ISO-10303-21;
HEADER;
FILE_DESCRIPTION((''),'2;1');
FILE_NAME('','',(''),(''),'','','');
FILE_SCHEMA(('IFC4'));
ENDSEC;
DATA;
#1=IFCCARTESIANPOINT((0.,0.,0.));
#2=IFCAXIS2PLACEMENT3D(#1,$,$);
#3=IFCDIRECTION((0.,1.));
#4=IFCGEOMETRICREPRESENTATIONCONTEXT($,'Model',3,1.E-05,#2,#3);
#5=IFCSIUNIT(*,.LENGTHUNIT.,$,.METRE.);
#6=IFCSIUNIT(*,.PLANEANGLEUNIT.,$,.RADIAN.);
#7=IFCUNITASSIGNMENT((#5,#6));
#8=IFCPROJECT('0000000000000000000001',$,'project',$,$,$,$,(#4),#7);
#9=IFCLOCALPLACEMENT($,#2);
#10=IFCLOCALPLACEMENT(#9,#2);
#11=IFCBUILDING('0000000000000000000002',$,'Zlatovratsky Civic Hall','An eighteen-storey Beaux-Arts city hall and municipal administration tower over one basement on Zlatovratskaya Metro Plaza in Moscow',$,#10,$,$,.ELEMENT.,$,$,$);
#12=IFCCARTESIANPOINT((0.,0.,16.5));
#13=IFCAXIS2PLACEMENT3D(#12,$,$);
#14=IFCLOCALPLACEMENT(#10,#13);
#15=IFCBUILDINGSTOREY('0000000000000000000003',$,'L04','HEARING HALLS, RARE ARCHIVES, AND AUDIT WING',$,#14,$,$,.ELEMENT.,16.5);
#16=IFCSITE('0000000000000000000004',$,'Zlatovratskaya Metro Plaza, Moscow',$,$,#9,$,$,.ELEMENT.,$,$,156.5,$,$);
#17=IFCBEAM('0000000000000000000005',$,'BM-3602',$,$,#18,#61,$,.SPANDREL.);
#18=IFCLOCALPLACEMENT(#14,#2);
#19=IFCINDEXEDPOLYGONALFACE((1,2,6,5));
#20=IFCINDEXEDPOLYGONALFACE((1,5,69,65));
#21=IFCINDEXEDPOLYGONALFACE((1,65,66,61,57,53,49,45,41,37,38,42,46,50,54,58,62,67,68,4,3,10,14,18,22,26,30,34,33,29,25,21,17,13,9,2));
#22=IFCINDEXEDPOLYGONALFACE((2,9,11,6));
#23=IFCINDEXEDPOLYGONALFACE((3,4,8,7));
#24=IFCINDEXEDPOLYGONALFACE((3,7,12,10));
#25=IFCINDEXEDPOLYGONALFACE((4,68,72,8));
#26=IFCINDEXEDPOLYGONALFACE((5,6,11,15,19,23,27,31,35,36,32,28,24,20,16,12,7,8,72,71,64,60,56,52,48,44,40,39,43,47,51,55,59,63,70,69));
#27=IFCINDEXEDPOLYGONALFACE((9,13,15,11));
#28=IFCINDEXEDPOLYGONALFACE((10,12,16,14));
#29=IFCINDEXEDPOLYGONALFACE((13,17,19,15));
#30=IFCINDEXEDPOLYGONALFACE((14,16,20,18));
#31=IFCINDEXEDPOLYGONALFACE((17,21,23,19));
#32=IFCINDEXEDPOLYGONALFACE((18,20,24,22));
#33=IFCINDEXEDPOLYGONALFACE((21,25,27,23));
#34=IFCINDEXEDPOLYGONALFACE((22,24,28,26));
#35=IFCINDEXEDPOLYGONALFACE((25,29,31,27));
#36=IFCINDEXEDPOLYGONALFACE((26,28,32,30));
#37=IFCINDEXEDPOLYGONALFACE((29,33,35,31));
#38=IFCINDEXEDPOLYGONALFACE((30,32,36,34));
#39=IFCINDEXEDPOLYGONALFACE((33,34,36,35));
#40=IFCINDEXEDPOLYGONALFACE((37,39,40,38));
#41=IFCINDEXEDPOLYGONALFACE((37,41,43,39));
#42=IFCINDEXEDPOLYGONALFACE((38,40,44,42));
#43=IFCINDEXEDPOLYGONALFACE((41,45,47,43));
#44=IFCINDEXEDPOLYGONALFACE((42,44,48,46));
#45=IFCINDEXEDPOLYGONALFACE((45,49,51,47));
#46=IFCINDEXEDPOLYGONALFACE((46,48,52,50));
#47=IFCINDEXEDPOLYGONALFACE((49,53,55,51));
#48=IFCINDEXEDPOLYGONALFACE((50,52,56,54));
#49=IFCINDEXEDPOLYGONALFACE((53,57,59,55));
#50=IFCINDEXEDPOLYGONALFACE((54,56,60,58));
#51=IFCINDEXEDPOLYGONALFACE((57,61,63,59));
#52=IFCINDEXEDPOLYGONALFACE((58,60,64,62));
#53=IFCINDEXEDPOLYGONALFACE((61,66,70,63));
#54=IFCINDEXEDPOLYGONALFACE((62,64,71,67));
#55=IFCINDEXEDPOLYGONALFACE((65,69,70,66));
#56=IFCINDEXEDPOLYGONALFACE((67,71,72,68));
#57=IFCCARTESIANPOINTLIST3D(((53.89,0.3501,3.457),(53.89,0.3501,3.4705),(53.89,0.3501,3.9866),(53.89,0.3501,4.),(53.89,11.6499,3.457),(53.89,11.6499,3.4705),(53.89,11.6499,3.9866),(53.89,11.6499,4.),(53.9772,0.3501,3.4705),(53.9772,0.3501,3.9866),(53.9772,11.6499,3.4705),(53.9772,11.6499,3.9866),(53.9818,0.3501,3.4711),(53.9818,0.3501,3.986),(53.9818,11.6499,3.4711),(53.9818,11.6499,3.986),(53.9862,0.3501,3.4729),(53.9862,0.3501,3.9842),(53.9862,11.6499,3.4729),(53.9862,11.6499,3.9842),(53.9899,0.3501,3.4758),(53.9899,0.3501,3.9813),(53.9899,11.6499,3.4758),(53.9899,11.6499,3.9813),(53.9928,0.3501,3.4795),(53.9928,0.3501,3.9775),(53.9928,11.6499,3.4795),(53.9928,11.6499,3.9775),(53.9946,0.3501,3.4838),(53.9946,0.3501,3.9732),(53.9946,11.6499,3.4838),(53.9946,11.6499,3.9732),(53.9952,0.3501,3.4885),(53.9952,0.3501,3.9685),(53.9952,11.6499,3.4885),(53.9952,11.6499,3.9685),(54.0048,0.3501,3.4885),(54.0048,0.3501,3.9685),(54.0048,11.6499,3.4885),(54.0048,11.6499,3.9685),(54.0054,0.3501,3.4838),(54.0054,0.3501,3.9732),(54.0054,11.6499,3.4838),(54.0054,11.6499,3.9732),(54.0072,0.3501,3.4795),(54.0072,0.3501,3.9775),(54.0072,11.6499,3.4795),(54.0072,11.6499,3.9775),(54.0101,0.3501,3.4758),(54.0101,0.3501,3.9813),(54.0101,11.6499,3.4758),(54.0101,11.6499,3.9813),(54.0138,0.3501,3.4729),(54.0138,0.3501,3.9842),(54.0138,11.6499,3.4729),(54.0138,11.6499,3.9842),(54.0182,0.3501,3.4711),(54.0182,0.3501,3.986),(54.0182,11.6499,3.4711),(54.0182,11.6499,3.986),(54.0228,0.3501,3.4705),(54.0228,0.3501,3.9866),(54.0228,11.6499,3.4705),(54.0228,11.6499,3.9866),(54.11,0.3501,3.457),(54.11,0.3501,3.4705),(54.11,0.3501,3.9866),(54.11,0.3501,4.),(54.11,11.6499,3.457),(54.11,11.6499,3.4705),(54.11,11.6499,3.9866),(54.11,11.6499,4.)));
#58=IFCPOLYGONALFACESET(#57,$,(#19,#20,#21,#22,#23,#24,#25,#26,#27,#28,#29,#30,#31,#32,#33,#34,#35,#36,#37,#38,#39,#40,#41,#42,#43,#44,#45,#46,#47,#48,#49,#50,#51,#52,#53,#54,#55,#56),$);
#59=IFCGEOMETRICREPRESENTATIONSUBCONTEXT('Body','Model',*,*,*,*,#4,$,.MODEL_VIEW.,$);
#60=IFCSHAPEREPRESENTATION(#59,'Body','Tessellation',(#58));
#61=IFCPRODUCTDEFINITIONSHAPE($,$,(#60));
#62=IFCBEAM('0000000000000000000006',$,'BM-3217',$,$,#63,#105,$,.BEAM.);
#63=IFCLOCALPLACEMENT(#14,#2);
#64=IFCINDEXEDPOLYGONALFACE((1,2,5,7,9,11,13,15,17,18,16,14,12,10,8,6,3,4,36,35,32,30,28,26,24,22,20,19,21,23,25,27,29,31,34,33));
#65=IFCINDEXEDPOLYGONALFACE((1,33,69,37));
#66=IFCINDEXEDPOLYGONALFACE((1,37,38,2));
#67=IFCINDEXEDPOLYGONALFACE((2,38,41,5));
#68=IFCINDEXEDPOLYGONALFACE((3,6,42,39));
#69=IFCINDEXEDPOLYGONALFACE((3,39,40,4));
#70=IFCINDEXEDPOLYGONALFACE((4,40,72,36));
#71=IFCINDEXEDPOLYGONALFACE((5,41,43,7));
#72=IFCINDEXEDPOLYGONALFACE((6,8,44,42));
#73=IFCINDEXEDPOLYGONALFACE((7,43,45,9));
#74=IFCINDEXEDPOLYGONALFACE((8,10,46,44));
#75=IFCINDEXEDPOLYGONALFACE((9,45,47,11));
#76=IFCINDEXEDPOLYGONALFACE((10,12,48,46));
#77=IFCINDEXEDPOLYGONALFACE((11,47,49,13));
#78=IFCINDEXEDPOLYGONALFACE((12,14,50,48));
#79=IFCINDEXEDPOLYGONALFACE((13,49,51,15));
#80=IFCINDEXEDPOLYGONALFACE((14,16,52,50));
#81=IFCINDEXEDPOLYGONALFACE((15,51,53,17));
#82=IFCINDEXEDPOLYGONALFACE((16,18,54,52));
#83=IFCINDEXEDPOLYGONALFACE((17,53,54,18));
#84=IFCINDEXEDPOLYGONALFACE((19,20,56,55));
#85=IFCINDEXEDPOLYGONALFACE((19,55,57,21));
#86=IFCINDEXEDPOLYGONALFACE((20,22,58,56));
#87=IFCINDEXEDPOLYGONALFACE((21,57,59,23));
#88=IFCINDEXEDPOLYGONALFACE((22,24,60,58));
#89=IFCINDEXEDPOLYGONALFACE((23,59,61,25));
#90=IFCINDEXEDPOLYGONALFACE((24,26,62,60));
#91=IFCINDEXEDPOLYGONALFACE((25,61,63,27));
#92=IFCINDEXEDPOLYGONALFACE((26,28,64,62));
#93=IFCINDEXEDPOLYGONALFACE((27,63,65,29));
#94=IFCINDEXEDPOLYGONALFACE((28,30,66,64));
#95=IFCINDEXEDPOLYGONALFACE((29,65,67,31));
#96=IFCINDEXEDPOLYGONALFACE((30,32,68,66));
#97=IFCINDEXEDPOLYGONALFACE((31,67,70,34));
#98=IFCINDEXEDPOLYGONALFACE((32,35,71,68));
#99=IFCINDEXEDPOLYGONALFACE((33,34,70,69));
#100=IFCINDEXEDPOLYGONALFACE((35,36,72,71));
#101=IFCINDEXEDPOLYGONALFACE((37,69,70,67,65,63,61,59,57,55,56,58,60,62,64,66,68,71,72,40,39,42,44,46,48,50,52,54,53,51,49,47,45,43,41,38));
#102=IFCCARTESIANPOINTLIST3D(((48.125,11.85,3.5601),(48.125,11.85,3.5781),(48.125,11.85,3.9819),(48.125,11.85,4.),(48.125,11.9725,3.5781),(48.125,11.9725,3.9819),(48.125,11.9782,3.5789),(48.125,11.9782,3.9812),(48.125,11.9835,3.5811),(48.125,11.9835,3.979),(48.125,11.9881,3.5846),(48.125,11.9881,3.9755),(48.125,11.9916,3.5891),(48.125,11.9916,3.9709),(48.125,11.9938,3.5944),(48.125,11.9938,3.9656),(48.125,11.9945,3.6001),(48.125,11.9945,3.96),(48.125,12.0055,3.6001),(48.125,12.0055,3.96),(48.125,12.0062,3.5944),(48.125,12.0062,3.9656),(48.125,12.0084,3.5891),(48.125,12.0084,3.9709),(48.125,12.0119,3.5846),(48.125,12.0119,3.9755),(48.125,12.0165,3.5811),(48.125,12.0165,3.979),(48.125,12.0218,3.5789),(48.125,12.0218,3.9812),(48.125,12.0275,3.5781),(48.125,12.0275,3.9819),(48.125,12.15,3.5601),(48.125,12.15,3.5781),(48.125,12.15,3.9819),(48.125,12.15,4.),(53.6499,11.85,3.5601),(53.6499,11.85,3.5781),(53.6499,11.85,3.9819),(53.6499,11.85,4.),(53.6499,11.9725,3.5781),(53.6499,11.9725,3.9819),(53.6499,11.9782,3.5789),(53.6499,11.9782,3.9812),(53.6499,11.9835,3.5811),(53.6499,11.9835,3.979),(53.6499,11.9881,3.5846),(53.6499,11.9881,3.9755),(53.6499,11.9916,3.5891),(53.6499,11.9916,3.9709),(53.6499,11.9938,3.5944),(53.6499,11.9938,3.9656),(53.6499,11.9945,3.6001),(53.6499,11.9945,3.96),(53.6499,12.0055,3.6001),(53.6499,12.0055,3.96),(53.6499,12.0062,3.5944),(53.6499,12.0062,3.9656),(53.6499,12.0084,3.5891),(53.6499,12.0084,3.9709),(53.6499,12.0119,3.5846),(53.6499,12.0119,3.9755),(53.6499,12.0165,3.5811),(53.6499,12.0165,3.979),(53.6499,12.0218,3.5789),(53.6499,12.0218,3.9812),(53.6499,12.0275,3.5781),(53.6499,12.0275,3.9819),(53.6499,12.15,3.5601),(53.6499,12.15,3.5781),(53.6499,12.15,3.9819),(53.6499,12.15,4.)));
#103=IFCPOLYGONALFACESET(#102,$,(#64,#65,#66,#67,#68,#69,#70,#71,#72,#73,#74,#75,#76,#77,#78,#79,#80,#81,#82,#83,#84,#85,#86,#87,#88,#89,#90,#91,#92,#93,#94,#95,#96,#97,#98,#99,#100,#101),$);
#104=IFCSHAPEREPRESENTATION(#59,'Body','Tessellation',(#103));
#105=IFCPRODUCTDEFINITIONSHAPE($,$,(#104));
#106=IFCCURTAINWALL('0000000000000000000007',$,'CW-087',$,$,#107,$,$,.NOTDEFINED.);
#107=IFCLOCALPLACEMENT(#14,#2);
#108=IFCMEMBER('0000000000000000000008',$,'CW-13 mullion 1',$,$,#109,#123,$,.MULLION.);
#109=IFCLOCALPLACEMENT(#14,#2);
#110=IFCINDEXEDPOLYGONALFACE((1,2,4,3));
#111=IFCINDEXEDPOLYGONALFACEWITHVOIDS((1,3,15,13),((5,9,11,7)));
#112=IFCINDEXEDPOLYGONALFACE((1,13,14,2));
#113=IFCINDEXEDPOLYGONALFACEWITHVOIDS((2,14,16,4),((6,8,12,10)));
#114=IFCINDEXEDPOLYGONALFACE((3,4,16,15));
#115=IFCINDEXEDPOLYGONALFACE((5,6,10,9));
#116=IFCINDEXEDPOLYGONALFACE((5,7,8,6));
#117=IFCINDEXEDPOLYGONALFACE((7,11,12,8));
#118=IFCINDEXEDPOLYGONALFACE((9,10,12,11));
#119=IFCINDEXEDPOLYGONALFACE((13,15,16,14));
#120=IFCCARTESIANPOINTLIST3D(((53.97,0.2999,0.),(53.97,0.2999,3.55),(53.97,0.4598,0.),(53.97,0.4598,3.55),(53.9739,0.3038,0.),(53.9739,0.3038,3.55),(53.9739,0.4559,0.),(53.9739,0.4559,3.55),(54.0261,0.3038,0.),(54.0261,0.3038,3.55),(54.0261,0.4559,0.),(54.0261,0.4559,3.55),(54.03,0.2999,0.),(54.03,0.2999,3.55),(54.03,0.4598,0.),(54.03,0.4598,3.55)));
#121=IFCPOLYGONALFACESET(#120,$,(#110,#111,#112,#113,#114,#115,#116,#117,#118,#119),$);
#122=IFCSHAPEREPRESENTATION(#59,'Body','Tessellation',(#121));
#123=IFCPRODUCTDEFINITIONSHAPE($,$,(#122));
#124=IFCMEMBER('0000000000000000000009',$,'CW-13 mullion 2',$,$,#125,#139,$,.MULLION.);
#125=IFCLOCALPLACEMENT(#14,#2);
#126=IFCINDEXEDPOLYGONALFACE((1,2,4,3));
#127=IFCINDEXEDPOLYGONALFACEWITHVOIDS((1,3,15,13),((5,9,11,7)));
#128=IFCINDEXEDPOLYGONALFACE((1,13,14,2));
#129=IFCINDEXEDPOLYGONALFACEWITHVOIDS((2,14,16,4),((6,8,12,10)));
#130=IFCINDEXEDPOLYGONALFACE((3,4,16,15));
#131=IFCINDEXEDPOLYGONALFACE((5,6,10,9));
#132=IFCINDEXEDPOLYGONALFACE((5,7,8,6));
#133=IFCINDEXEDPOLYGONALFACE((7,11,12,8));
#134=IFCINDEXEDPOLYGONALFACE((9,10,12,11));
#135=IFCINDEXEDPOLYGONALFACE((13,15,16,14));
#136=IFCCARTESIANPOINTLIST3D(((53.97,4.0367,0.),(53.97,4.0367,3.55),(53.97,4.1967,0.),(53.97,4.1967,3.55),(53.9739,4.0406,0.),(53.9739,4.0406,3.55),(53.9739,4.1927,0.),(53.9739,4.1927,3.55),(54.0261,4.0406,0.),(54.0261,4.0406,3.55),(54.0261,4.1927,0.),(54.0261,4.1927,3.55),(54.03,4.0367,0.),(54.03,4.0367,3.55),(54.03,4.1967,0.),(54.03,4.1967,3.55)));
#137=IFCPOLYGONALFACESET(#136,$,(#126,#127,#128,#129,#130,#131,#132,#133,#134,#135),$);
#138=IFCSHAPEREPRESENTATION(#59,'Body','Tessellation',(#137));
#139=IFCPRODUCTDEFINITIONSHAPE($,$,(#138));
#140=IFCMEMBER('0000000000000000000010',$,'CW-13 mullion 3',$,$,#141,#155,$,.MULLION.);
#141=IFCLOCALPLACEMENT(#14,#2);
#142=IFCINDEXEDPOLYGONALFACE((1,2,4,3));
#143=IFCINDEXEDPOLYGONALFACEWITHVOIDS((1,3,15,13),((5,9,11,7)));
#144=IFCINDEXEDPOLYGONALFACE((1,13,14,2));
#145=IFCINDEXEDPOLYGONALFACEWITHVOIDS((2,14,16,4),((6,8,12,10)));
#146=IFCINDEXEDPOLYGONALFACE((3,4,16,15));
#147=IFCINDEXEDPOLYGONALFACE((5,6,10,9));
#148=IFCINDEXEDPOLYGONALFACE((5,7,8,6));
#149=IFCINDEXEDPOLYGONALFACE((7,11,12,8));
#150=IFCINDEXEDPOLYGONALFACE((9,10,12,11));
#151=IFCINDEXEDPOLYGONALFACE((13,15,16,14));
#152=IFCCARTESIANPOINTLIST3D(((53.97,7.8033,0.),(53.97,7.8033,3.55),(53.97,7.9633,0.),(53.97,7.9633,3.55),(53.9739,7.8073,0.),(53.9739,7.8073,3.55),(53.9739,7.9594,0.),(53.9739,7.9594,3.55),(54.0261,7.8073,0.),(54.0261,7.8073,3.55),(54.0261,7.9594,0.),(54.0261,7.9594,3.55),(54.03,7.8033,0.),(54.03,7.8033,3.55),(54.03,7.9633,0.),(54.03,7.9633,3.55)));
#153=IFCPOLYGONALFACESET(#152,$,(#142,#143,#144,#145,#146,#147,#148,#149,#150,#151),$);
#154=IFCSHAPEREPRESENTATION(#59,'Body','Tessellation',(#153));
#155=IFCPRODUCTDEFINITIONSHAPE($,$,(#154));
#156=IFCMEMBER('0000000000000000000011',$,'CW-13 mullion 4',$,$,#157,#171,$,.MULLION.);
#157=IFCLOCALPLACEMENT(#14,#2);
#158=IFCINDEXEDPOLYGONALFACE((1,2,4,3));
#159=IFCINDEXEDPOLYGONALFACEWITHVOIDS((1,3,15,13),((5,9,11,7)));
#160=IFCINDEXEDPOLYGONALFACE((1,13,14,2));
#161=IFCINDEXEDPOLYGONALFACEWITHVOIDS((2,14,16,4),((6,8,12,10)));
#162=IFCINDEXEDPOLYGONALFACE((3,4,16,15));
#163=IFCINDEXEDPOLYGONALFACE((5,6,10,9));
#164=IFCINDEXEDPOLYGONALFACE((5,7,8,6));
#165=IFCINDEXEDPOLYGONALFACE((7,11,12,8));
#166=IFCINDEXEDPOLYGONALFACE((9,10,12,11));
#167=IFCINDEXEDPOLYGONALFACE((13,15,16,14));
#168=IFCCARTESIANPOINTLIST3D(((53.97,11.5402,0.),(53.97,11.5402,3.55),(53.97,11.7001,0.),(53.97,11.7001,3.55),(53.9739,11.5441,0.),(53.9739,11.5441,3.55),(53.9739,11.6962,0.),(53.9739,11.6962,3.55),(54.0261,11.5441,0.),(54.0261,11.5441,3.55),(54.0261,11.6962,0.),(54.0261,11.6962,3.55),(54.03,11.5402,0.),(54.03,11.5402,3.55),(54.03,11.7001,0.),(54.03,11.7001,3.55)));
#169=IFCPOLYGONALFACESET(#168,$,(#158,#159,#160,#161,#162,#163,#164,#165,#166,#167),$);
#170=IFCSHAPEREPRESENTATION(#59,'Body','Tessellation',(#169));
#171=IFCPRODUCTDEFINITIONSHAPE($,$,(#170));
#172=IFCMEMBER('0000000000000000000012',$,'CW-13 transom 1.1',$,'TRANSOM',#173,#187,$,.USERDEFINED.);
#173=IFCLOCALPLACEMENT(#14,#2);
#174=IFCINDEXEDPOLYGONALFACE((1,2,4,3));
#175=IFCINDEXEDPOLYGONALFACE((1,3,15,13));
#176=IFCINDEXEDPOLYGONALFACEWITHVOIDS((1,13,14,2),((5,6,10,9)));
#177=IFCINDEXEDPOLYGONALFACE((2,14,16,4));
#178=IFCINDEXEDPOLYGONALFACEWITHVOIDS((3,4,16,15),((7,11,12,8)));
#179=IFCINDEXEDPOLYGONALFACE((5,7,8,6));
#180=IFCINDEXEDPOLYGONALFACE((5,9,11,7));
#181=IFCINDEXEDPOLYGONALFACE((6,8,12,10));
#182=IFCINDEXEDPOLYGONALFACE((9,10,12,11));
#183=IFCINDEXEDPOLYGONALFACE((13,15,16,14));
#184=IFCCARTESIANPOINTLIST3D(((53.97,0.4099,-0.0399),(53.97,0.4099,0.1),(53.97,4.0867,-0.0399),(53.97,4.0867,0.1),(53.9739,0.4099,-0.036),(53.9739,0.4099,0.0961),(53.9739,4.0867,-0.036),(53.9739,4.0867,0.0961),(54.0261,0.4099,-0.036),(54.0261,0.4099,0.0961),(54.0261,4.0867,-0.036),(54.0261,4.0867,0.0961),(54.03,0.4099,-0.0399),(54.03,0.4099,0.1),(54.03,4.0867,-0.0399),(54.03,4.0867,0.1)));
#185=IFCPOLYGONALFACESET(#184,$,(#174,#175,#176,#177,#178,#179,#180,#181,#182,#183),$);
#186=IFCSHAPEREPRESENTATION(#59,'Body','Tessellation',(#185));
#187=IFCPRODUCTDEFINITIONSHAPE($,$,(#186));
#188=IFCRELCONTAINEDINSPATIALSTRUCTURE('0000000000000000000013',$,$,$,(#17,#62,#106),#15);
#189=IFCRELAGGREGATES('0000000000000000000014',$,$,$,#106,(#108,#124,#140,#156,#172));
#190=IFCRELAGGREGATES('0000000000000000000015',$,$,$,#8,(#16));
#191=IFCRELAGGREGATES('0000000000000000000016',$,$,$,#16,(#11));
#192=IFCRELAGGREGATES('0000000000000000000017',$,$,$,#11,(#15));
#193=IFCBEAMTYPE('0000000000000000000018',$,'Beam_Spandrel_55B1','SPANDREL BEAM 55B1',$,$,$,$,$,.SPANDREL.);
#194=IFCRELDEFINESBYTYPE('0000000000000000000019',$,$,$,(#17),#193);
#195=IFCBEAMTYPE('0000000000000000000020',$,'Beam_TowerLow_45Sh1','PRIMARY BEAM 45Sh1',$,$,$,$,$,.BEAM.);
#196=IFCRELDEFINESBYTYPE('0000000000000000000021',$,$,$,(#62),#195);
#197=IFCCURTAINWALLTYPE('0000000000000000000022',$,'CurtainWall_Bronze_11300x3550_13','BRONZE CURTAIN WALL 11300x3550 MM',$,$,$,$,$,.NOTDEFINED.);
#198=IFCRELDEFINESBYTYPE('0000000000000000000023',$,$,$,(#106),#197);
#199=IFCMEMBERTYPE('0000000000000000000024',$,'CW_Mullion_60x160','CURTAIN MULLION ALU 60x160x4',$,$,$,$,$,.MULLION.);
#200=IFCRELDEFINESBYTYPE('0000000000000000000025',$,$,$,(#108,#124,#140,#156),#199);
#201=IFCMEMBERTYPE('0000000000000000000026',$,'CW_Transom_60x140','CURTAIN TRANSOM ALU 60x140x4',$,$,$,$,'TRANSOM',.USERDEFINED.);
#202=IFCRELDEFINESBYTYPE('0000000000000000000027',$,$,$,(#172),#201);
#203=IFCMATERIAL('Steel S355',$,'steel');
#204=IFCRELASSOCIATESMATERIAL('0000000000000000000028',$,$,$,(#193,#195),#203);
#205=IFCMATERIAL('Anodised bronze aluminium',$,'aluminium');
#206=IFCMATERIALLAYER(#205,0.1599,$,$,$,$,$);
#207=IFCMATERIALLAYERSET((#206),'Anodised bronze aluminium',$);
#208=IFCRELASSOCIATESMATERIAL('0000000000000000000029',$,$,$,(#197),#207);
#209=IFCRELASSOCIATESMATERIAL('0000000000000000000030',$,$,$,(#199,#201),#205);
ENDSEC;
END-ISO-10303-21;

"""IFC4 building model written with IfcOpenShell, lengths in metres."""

from ifc_helpers import new_model, si_unit, direction, frame, origin, origin_2d, place, context, subcontext, project, spatial, hollow_rectangle, i_section, extrude, material, layer, layer_set, material_profile, profile_set, type_object, element, aggregate, save


model = new_model("IFC4")

# Units and contexts
model_context = context("Model", 3, precision=1e-05, world=origin(), true_north=direction((0.0, 1.0)))
body_context = subcontext(model_context, "Body", "Model", "MODEL_VIEW")
ifc_project = project(units=[si_unit("LENGTHUNIT", "METRE"), si_unit("PLANEANGLEUNIT", "RADIAN")], contexts=[model_context])

# Site, building, storey
site_placement = place(None, origin())
site = spatial("IfcSite", under=ifc_project, at=site_placement, Name="Zlatovratskaya Metro Plaza, Moscow", CompositionType="ELEMENT", RefElevation=156.5)
building_placement = place(site_placement, origin())
building = spatial("IfcBuilding", under=site, at=building_placement, Name="Zlatovratsky Civic Hall", Description="An eighteen-storey Beaux-Arts city hall and municipal administration tower over one basement on Zlatovratskaya Metro Plaza in Moscow", CompositionType="ELEMENT")
storey_placement = place(building_placement, frame((0.0, 0.0, 16.5)))
storey = spatial("IfcBuildingStorey", under=building, at=storey_placement, Name="L04", Description="HEARING HALLS, RARE ARCHIVES, AND AUDIT WING", CompositionType="ELEMENT", Elevation=16.5)

# Shared definitions
ifc_material_1 = material(Name="Steel S355", Category="steel")

# Beams
ifc_material_profile_1 = material_profile(ifc_material_1, i_section(OverallWidth=0.22, OverallDepth=0.543, WebThickness=0.0095, FlangeThickness=0.0134, FilletRadius=0.0181, at=origin_2d()), Name="55B1")
ifc_profile_set_1 = profile_set([ifc_material_profile_1], Name="Steel S355")
beam_type_1 = type_object("IfcBeamType", Name="Beam_Spandrel_55B1", Description="SPANDREL BEAM 55B1", PredefinedType="SPANDREL", material=ifc_profile_set_1)
beam_1_placement = place(storey_placement, frame((54.0, 0.3501, 3.7285), z_axis=(0.0, 1.0, 0.0), x_axis=(-1.0, 0.0, 0.0)))
element("IfcBeam", 1, at=beam_1_placement, inside=storey, type_object=beam_type_1, Name="BM-3602", PredefinedType="SPANDREL", context=body_context, shape_type="SweptSolid", body=[
    extrude(i_section(OverallWidth=0.22, OverallDepth=0.543, WebThickness=0.0095, FlangeThickness=0.0134, FilletRadius=0.0181, at=origin_2d()), origin(), (0.0, 0.0, 1.0), 11.2998),
])
ifc_material_profile_2 = material_profile(ifc_material_1, i_section(OverallWidth=0.3, OverallDepth=0.4399, WebThickness=0.011, FlangeThickness=0.0181, FilletRadius=0.022, at=origin_2d()), Name="45Sh1")
ifc_profile_set_2 = profile_set([ifc_material_profile_2], Name="Steel S355")
beam_type_2 = type_object("IfcBeamType", Name="Beam_TowerLow_45Sh1", Description="PRIMARY BEAM 45Sh1", PredefinedType="BEAM", material=ifc_profile_set_2)
beam_2_placement = place(storey_placement, frame((48.125, 12.0, 3.78), z_axis=(1.0, 0.0, 0.0), x_axis=(0.0, 1.0, 0.0)))
element("IfcBeam", 2, at=beam_2_placement, inside=storey, type_object=beam_type_2, Name="BM-3217", PredefinedType="BEAM", context=body_context, shape_type="SweptSolid", body=[
    extrude(i_section(OverallWidth=0.3, OverallDepth=0.4399, WebThickness=0.011, FlangeThickness=0.0181, FilletRadius=0.022, at=origin_2d()), origin(), (0.0, 0.0, 1.0), 5.5249),
])

# Curtain wall, members
ifc_material_2 = material(Name="Anodised bronze aluminium", Category="aluminium")
ifc_layer_1 = layer(ifc_material_2, 0.1599)
ifc_layer_set_1 = layer_set([ifc_layer_1], Name="Anodised bronze aluminium")
curtain_wall_type = type_object("IfcCurtainWallType", Name="CurtainWall_Bronze_11300x3550_13", Description="BRONZE CURTAIN WALL 11300x3550 MM", PredefinedType="NOTDEFINED", material=ifc_layer_set_1)
curtain_wall_placement = place(storey_placement, origin())
curtain_wall = element("IfcCurtainWall", 3, at=curtain_wall_placement, inside=storey, type_object=curtain_wall_type, Name="CW-087", PredefinedType="NOTDEFINED")
ifc_material_profile_3 = material_profile(ifc_material_2, hollow_rectangle(XDim=0.0601, YDim=0.1599, WallThickness=0.0039, at=origin_2d()), Name="ALU 60x160x4")
ifc_profile_set_3 = profile_set([ifc_material_profile_3], Name="Anodised bronze aluminium")
member_type_1 = type_object("IfcMemberType", Name="CW_Mullion_60x160", Description="CURTAIN MULLION ALU 60x160x4", PredefinedType="MULLION", material=ifc_profile_set_3)
member_1_placement = place(storey_placement, frame((54.0, 0.3799, 0.0), z_axis=(0.0, 0.0, 1.0), x_axis=(-1.0, 0.0, 0.0)))
member_1 = element("IfcMember", 4, at=member_1_placement, type_object=member_type_1, Name="CW-13 mullion 1", PredefinedType="MULLION", context=body_context, shape_type="SweptSolid", body=[
    extrude(hollow_rectangle(XDim=0.0601, YDim=0.1599, WallThickness=0.0039, at=origin_2d()), origin(), (0.0, 0.0, 1.0), 3.55),
])
member_2_placement = place(storey_placement, frame((54.0, 4.1167, 0.0), z_axis=(0.0, 0.0, 1.0), x_axis=(-1.0, 0.0, 0.0)))
member_2 = element("IfcMember", 5, at=member_2_placement, type_object=member_type_1, Name="CW-13 mullion 2", PredefinedType="MULLION", context=body_context, shape_type="SweptSolid", body=[
    extrude(hollow_rectangle(XDim=0.0601, YDim=0.1599, WallThickness=0.0039, at=origin_2d()), origin(), (0.0, 0.0, 1.0), 3.55),
])
member_3_placement = place(storey_placement, frame((54.0, 7.8833, 0.0), z_axis=(0.0, 0.0, 1.0), x_axis=(-1.0, 0.0, 0.0)))
member_3 = element("IfcMember", 6, at=member_3_placement, type_object=member_type_1, Name="CW-13 mullion 3", PredefinedType="MULLION", context=body_context, shape_type="SweptSolid", body=[
    extrude(hollow_rectangle(XDim=0.0601, YDim=0.1599, WallThickness=0.0039, at=origin_2d()), origin(), (0.0, 0.0, 1.0), 3.55),
])
member_4_placement = place(storey_placement, frame((54.0, 11.6201, 0.0), z_axis=(0.0, 0.0, 1.0), x_axis=(-1.0, 0.0, 0.0)))
member_4 = element("IfcMember", 7, at=member_4_placement, type_object=member_type_1, Name="CW-13 mullion 4", PredefinedType="MULLION", context=body_context, shape_type="SweptSolid", body=[
    extrude(hollow_rectangle(XDim=0.0601, YDim=0.1599, WallThickness=0.0039, at=origin_2d()), origin(), (0.0, 0.0, 1.0), 3.55),
])
ifc_material_profile_4 = material_profile(ifc_material_2, hollow_rectangle(XDim=0.0601, YDim=0.1399, WallThickness=0.0039, at=origin_2d()), Name="ALU 60x140x4")
ifc_profile_set_4 = profile_set([ifc_material_profile_4], Name="Anodised bronze aluminium")
member_type_2 = type_object("IfcMemberType", Name="CW_Transom_60x140", Description="CURTAIN TRANSOM ALU 60x140x4", ElementType="TRANSOM", PredefinedType="USERDEFINED", material=ifc_profile_set_4)
member_5_placement = place(storey_placement, frame((54.0, 0.4099, 0.03), z_axis=(0.0, 1.0, 0.0), x_axis=(-1.0, 0.0, 0.0)))
member_5 = element("IfcMember", 8, at=member_5_placement, type_object=member_type_2, Name="CW-13 transom 1.1", ObjectType="TRANSOM", PredefinedType="USERDEFINED", context=body_context, shape_type="SweptSolid", body=[
    extrude(hollow_rectangle(XDim=0.0601, YDim=0.1399, WallThickness=0.0039, at=origin_2d()), origin(), (0.0, 0.0, 1.0), 3.6768),
])

aggregate(curtain_wall, [member_1, member_2, member_3, member_4, member_5])

save(model, "model.ifc")
